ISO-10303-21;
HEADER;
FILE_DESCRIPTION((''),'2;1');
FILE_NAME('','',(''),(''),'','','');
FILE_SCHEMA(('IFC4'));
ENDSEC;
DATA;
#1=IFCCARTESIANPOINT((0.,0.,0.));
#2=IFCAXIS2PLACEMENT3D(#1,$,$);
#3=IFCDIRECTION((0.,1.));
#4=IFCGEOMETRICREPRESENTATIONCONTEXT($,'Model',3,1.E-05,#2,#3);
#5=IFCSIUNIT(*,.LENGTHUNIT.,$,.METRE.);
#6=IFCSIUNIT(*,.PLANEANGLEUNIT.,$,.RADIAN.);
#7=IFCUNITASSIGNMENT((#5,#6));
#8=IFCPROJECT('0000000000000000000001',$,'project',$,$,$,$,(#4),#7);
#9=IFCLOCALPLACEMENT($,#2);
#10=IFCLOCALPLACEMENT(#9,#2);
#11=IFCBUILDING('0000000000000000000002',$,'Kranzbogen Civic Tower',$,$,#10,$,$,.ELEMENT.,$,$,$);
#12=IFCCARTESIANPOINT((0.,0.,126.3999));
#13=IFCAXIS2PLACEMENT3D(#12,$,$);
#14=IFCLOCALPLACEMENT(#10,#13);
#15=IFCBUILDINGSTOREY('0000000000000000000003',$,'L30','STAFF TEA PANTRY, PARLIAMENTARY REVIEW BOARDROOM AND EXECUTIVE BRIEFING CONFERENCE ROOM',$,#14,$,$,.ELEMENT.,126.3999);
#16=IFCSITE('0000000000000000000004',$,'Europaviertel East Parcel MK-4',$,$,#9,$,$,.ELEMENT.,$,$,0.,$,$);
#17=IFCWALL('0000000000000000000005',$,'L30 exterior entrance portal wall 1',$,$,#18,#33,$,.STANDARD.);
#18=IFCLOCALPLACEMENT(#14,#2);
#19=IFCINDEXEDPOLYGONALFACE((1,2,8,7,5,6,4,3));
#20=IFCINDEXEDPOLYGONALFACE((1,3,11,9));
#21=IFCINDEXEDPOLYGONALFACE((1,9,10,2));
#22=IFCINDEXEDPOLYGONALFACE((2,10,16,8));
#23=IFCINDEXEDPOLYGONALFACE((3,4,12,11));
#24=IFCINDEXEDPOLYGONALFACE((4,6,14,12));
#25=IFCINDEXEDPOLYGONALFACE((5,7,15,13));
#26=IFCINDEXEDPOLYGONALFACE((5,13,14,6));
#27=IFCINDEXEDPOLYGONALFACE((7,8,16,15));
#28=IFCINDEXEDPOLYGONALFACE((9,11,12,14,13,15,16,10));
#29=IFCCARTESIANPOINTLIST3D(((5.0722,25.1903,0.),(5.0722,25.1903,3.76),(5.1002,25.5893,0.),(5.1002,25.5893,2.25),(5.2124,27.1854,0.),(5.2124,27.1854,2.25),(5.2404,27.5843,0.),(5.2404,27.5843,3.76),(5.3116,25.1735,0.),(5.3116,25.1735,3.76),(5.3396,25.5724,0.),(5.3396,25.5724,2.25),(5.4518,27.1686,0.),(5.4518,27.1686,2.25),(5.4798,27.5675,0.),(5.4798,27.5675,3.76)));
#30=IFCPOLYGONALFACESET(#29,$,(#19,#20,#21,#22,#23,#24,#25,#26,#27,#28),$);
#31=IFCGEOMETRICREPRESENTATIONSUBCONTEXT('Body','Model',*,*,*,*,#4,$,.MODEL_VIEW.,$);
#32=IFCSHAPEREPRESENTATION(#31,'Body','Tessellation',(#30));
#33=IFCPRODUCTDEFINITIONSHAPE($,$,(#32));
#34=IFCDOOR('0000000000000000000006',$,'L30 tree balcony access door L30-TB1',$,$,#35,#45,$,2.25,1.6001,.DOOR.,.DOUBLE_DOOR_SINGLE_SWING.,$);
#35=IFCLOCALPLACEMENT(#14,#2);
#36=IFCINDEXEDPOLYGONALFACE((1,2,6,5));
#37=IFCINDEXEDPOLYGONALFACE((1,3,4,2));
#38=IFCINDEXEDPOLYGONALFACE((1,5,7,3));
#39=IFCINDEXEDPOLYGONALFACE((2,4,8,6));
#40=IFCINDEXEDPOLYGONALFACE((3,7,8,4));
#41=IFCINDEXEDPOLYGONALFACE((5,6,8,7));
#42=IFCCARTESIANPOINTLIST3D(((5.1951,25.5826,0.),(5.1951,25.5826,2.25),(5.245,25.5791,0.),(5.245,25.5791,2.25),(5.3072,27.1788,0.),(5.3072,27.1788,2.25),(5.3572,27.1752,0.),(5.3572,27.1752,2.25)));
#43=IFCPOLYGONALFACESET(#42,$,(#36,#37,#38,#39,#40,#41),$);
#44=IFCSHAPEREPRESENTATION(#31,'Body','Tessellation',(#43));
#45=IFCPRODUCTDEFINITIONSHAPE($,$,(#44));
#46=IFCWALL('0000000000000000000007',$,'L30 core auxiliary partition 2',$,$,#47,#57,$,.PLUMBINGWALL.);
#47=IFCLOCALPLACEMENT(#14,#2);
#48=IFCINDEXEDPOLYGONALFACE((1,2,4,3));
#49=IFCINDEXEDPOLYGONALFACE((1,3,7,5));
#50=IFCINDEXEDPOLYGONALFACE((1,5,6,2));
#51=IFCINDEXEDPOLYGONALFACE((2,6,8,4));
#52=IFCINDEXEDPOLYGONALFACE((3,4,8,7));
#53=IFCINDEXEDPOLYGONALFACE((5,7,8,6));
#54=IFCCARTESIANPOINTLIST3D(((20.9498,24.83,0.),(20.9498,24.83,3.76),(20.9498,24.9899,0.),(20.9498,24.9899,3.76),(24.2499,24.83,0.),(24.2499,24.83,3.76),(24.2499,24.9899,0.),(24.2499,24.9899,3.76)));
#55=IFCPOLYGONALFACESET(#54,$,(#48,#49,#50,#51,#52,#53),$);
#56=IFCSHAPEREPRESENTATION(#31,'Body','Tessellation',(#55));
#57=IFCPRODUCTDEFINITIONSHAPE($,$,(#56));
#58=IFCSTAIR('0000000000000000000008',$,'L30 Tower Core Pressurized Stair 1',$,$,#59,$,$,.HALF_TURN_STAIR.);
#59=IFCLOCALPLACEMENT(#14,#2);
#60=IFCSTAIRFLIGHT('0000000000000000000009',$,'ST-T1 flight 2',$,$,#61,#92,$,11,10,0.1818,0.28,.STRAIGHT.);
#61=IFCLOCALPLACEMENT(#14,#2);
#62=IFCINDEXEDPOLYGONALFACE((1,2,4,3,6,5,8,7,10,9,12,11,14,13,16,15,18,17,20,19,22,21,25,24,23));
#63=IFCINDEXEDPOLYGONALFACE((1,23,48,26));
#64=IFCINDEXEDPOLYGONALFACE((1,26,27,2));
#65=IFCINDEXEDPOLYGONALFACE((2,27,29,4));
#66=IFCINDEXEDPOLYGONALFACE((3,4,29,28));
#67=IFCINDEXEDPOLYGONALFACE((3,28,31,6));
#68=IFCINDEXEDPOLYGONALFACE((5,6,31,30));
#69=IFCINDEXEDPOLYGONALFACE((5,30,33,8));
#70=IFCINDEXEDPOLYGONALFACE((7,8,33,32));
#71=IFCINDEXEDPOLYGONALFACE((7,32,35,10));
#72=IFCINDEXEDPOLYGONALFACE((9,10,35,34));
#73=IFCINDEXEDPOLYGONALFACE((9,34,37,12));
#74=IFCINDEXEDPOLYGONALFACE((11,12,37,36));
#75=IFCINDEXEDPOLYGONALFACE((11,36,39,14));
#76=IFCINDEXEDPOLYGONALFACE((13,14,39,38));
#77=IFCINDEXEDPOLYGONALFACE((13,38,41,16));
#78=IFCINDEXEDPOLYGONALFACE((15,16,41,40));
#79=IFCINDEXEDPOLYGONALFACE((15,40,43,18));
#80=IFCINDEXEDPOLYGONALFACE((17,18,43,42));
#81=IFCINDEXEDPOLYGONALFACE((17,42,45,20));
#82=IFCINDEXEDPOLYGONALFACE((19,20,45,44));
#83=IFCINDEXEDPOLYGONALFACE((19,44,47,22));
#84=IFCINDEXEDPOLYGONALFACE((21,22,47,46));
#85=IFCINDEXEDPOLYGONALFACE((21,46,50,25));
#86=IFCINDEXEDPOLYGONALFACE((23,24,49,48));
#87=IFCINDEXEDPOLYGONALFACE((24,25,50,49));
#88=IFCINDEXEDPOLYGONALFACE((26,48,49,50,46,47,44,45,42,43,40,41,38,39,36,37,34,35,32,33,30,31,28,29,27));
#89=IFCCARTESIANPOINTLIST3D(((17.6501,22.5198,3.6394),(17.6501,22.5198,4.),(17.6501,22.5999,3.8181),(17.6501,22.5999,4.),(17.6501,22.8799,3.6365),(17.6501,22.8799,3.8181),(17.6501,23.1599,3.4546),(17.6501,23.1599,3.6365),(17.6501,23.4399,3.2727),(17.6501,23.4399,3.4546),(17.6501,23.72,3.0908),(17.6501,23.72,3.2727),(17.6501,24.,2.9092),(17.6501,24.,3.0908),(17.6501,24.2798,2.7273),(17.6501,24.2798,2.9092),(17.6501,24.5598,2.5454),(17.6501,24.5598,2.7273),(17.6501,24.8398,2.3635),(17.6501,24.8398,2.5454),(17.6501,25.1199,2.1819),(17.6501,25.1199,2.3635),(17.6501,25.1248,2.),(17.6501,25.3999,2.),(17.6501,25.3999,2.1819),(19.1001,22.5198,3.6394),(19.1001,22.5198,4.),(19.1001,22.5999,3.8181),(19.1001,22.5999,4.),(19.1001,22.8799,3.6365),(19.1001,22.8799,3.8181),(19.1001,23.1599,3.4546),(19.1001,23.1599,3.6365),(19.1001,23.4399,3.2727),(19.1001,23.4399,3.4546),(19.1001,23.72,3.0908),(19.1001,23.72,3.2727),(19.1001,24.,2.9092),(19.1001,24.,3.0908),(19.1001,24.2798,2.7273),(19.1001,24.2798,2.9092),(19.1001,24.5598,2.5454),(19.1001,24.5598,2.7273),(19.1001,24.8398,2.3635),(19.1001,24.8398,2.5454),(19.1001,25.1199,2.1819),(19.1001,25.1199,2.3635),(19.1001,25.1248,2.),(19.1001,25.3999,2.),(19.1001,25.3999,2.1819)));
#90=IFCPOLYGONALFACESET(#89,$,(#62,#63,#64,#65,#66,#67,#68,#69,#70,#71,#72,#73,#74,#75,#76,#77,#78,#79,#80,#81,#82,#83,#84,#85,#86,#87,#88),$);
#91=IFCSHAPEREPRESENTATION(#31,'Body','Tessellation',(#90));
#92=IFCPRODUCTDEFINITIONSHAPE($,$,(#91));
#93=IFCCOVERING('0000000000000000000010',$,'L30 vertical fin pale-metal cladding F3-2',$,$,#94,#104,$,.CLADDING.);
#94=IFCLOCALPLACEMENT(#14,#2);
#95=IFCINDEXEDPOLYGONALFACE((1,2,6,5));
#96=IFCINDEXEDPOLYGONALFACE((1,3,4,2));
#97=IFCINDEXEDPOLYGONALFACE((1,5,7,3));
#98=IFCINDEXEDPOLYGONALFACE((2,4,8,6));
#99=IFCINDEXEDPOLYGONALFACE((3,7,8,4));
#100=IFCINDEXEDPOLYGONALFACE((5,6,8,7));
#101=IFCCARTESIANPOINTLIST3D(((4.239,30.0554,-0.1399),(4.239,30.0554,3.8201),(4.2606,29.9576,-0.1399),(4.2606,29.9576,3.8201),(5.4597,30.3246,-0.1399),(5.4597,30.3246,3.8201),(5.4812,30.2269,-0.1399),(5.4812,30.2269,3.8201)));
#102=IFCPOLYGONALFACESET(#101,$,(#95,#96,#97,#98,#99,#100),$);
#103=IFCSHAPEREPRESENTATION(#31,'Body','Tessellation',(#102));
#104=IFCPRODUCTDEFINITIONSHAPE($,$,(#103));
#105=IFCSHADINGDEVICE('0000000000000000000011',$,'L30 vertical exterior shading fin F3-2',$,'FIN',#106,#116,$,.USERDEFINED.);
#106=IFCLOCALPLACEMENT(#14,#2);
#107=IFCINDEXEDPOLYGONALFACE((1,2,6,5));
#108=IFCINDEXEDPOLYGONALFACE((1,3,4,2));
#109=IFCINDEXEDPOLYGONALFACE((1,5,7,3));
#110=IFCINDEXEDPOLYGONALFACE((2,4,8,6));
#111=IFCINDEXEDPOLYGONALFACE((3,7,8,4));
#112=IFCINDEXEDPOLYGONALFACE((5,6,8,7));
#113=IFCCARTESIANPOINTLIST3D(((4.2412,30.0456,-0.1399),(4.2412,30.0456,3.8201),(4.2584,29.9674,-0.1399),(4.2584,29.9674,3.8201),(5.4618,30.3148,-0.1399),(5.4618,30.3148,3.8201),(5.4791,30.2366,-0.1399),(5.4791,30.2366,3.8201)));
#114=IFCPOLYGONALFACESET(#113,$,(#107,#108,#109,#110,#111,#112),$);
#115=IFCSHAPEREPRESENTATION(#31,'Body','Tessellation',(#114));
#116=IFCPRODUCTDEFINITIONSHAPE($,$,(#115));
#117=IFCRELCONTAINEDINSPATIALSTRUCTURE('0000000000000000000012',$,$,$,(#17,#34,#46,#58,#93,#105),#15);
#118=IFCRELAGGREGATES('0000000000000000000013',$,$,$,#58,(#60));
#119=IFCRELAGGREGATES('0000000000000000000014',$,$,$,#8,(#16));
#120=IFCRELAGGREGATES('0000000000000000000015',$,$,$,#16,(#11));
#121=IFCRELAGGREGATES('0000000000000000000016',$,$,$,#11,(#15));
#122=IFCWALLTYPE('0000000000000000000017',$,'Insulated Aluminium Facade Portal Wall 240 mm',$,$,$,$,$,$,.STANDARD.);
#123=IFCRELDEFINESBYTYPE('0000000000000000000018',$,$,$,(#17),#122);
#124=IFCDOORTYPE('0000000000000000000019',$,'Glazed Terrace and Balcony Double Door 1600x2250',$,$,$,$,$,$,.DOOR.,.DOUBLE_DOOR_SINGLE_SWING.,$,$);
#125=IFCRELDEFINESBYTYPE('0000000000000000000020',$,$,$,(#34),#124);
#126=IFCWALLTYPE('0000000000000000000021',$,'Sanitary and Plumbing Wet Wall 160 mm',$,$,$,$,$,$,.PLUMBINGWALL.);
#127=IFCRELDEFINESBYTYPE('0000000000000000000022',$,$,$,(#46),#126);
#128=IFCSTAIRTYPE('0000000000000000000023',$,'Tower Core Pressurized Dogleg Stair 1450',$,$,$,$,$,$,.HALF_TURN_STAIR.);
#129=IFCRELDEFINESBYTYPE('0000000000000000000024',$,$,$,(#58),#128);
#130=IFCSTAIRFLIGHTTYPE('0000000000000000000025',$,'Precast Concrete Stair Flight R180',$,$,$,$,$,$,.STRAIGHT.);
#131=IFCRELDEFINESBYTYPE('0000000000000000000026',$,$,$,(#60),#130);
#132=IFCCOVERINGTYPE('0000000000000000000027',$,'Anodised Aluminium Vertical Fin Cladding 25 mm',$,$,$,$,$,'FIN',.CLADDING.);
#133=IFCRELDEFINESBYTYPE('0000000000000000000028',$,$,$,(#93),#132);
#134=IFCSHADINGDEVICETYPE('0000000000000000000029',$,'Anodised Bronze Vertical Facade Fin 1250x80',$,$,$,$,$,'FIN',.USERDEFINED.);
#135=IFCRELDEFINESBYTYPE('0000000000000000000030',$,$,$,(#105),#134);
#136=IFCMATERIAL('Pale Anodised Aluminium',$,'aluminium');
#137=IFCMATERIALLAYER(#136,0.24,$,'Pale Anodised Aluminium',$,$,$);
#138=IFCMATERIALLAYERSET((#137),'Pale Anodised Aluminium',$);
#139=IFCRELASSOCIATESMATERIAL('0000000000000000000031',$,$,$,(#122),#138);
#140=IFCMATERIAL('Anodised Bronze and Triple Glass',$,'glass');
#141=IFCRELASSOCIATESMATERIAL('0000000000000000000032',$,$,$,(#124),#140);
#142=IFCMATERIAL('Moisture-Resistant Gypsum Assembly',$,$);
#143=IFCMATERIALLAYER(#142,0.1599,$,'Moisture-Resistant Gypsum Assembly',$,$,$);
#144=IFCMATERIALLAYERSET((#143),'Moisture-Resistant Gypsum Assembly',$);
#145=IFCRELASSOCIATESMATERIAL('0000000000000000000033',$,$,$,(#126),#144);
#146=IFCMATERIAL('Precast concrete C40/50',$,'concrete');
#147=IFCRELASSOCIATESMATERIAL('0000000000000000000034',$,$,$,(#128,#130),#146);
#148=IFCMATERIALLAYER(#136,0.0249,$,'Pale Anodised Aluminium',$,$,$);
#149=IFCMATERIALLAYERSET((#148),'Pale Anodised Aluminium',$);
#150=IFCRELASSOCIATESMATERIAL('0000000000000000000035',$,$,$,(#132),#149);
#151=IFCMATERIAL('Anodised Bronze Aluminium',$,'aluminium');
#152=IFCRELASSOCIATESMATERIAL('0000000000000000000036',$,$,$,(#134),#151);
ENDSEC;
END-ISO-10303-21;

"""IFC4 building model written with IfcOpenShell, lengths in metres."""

from ifc_helpers import new_model, si_unit, direction, frame, frame_2d, origin, origin_2d, place, context, subcontext, project, spatial, polyline, rectangle, outline, extrude, material, layer, layer_set, type_object, element, fill, aggregate, save


model = new_model("IFC4")

# Units and contexts
model_context = context("Model", 3, precision=1e-05, world=origin(), true_north=direction((0.0, 1.0)))
body_context = subcontext(model_context, "Body", "Model", "MODEL_VIEW")
ifc_project = project(units=[si_unit("LENGTHUNIT", "METRE"), si_unit("PLANEANGLEUNIT", "RADIAN")], contexts=[model_context])

# Site, building, storey
site_placement = place(None, origin())
site = spatial("IfcSite", under=ifc_project, at=site_placement, Name="Europaviertel East Parcel MK-4", CompositionType="ELEMENT", RefElevation=0.0)
building_placement = place(site_placement, origin())
building = spatial("IfcBuilding", under=site, at=building_placement, Name="Kranzbogen Civic Tower", CompositionType="ELEMENT")
storey_placement = place(building_placement, frame((0.0, 0.0, 126.3999)))
storey = spatial("IfcBuildingStorey", under=building, at=storey_placement, Name="L30", Description="STAFF TEA PANTRY, PARLIAMENTARY REVIEW BOARDROOM AND EXECUTIVE BRIEFING CONFERENCE ROOM", CompositionType="ELEMENT", Elevation=126.3999)

# Shared definitions
ifc_material_1 = material(Name="Pale Anodised Aluminium", Category="aluminium")

# Wall, opening, door
ifc_layer_1 = layer(ifc_material_1, 0.24, Name="Pale Anodised Aluminium")
ifc_layer_set_1 = layer_set([ifc_layer_1], Name="Pale Anodised Aluminium")
wall_type_1 = type_object("IfcWallType", Name="Insulated Aluminium Facade Portal Wall 240 mm", PredefinedType="STANDARD", material=ifc_layer_set_1)
wall_1_placement = place(storey_placement, frame((5.3601, 27.5759, 0.0), z_axis=(0.0, 0.0, 1.0), x_axis=(-0.07009, -0.997541, 0.0)))
wall_1 = element("IfcWall", 1, at=wall_1_placement, inside=storey, type_object=wall_type_1, Name="L30 exterior entrance portal wall 1", PredefinedType="STANDARD", context=body_context, shape_type="SweptSolid", body=[
    extrude(rectangle(XDim=2.3999, YDim=0.24, at=frame_2d((1.2, 0.0))), origin(), (0.0, 0.0, 1.0), 3.76),
])
opening_1_placement = place(wall_1_placement, frame((0.3999, 0.0, 0.0)))
opening_1 = element("IfcOpeningElement", 2, at=opening_1_placement, cuts=wall_1, PredefinedType="OPENING", context=body_context, shape_type="SweptSolid", body=[
    extrude(rectangle(XDim=1.6001, YDim=2.25, at=frame_2d((0.8, 1.125))), frame((0.0, 0.1299, 0.0), z_axis=(0.0, -1.0, 0.0), x_axis=(1.0, 0.0, 0.0)), (0.0, 0.0, 1.0), 0.26),
])
ifc_material_2 = material(Name="Anodised Bronze and Triple Glass", Category="glass")
door_type_1 = type_object("IfcDoorType", Name="Glazed Terrace and Balcony Double Door 1600x2250", OperationType="DOUBLE_DOOR_SINGLE_SWING", PredefinedType="DOOR", material=ifc_material_2)
door_1_placement = place(opening_1_placement, frame((1.6001, 0.0, 0.0), z_axis=(0.0, 0.0, 1.0), x_axis=(-1.0, 0.0, 0.0)))
door_1 = element("IfcDoor", 3, at=door_1_placement, inside=storey, type_object=door_type_1, Name="L30 tree balcony access door L30-TB1", OperationType="DOUBLE_DOOR_SINGLE_SWING", OverallHeight=2.25, OverallWidth=1.6001, PredefinedType="DOOR", context=body_context, shape_type="SweptSolid", body=[
    extrude(rectangle(XDim=1.6001, YDim=2.25, at=frame_2d((0.8, 1.125))), frame((0.0, 0.0249, 0.0), z_axis=(0.0, -1.0, 0.0), x_axis=(1.0, 0.0, 0.0)), (0.0, 0.0, 1.0), 0.05),
])
fill(opening_1, door_1)

# Wall
ifc_material_3 = material(Name="Moisture-Resistant Gypsum Assembly")
ifc_layer_2 = layer(ifc_material_3, 0.1599, Name="Moisture-Resistant Gypsum Assembly")
ifc_layer_set_2 = layer_set([ifc_layer_2], Name="Moisture-Resistant Gypsum Assembly")
wall_type_2 = type_object("IfcWallType", Name="Sanitary and Plumbing Wet Wall 160 mm", PredefinedType="PLUMBINGWALL", material=ifc_layer_set_2)
wall_2_placement = place(storey_placement, frame((20.95, 24.9099, 0.0), z_axis=(0.0, 0.0, 1.0), x_axis=(1.0, 0.0, 0.0)))
element("IfcWall", 4, at=wall_2_placement, inside=storey, type_object=wall_type_2, Name="L30 core auxiliary partition 2", PredefinedType="PLUMBINGWALL", context=body_context, shape_type="SweptSolid", body=[
    extrude(rectangle(XDim=3.3, YDim=0.1599, at=frame_2d((1.6499, 0.0))), origin(), (0.0, 0.0, 1.0), 3.76),
])

# Stair, stair flight
ifc_material_4 = material(Name="Precast concrete C40/50", Category="concrete")
stair_type = type_object("IfcStairType", Name="Tower Core Pressurized Dogleg Stair 1450", PredefinedType="HALF_TURN_STAIR", material=ifc_material_4)
stair_placement = place(storey_placement, origin())
stair = element("IfcStair", 5, at=stair_placement, inside=storey, type_object=stair_type, Name="L30 Tower Core Pressurized Stair 1", PredefinedType="HALF_TURN_STAIR")
stair_flight_type = type_object("IfcStairFlightType", Name="Precast Concrete Stair Flight R180", PredefinedType="STRAIGHT", material=ifc_material_4)
stair_flight_placement = place(storey_placement, frame((18.375, 25.3999, 2.0), z_axis=(0.0, 0.0, 1.0), x_axis=(0.0, -1.0, 0.0)))
stair_flight = element("IfcStairFlight", 6, at=stair_flight_placement, type_object=stair_flight_type, Name="ST-T1 flight 2", NumberOfRisers=11, NumberOfTreads=10, PredefinedType="STRAIGHT", RiserHeight=0.1818, TreadLength=0.28, context=body_context, shape_type="SweptSolid", body=[
    extrude(outline(polyline([(0.0, 0.0), (0.0, 0.1819), (0.28, 0.1819), (0.28, 0.3635), (0.5601, 0.3635), (0.5601, 0.5454), (0.8401, 0.5454), (0.8401, 0.7273), (1.1201, 0.7273), (1.1201, 0.9092), (1.3999, 0.9092), (1.3999, 1.0908), (1.6799, 1.0908), (1.6799, 1.2727), (1.96, 1.2727), (1.96, 1.4546), (2.24, 1.4546), (2.24, 1.6365), (2.52, 1.6365), (2.52, 1.8181), (2.8, 1.8181), (2.8, 2.0), (2.8801, 2.0), (2.8801, 1.6394), (0.2751, 0.0), (0.0, 0.0)])), frame((0.0, 0.7251, 0.0), z_axis=(0.0, -1.0, 0.0), x_axis=(1.0, 0.0, 0.0)), (0.0, 0.0, 1.0), 1.45),
])
aggregate(stair, [stair_flight])

# Covering
ifc_layer_3 = layer(ifc_material_1, 0.0249, Name="Pale Anodised Aluminium")
ifc_layer_set_3 = layer_set([ifc_layer_3], Name="Pale Anodised Aluminium")
covering_type = type_object("IfcCoveringType", Name="Anodised Aluminium Vertical Fin Cladding 25 mm", ElementType="FIN", PredefinedType="CLADDING", material=ifc_layer_set_3)
covering_placement = place(storey_placement, frame((4.8601, 30.1411, -0.1399), z_axis=(0.0, 0.0, 1.0), x_axis=(-0.97653, -0.215383, 0.0)))
element("IfcCovering", 7, at=covering_placement, inside=storey, type_object=covering_type, Name="L30 vertical fin pale-metal cladding F3-2", PredefinedType="CLADDING", context=body_context, shape_type="SweptSolid", body=[
    extrude(rectangle(XDim=1.25, YDim=0.1001, at=origin_2d()), origin(), (0.0, 0.0, 1.0), 3.96),
])

# Shading device
ifc_material_5 = material(Name="Anodised Bronze Aluminium", Category="aluminium")
shading_device_type = type_object("IfcShadingDeviceType", Name="Anodised Bronze Vertical Facade Fin 1250x80", ElementType="FIN", PredefinedType="USERDEFINED", material=ifc_material_5)
shading_device_placement = place(storey_placement, frame((4.8601, 30.1411, -0.1399), z_axis=(0.0, 0.0, 1.0), x_axis=(-0.97653, -0.215383, 0.0)))
element("IfcShadingDevice", 8, at=shading_device_placement, inside=storey, type_object=shading_device_type, Name="L30 vertical exterior shading fin F3-2", ObjectType="FIN", PredefinedType="USERDEFINED", context=body_context, shape_type="SweptSolid", body=[
    extrude(rectangle(XDim=1.25, YDim=0.0801, at=origin_2d()), origin(), (0.0, 0.0, 1.0), 3.96),
])

save(model, "model.ifc")
